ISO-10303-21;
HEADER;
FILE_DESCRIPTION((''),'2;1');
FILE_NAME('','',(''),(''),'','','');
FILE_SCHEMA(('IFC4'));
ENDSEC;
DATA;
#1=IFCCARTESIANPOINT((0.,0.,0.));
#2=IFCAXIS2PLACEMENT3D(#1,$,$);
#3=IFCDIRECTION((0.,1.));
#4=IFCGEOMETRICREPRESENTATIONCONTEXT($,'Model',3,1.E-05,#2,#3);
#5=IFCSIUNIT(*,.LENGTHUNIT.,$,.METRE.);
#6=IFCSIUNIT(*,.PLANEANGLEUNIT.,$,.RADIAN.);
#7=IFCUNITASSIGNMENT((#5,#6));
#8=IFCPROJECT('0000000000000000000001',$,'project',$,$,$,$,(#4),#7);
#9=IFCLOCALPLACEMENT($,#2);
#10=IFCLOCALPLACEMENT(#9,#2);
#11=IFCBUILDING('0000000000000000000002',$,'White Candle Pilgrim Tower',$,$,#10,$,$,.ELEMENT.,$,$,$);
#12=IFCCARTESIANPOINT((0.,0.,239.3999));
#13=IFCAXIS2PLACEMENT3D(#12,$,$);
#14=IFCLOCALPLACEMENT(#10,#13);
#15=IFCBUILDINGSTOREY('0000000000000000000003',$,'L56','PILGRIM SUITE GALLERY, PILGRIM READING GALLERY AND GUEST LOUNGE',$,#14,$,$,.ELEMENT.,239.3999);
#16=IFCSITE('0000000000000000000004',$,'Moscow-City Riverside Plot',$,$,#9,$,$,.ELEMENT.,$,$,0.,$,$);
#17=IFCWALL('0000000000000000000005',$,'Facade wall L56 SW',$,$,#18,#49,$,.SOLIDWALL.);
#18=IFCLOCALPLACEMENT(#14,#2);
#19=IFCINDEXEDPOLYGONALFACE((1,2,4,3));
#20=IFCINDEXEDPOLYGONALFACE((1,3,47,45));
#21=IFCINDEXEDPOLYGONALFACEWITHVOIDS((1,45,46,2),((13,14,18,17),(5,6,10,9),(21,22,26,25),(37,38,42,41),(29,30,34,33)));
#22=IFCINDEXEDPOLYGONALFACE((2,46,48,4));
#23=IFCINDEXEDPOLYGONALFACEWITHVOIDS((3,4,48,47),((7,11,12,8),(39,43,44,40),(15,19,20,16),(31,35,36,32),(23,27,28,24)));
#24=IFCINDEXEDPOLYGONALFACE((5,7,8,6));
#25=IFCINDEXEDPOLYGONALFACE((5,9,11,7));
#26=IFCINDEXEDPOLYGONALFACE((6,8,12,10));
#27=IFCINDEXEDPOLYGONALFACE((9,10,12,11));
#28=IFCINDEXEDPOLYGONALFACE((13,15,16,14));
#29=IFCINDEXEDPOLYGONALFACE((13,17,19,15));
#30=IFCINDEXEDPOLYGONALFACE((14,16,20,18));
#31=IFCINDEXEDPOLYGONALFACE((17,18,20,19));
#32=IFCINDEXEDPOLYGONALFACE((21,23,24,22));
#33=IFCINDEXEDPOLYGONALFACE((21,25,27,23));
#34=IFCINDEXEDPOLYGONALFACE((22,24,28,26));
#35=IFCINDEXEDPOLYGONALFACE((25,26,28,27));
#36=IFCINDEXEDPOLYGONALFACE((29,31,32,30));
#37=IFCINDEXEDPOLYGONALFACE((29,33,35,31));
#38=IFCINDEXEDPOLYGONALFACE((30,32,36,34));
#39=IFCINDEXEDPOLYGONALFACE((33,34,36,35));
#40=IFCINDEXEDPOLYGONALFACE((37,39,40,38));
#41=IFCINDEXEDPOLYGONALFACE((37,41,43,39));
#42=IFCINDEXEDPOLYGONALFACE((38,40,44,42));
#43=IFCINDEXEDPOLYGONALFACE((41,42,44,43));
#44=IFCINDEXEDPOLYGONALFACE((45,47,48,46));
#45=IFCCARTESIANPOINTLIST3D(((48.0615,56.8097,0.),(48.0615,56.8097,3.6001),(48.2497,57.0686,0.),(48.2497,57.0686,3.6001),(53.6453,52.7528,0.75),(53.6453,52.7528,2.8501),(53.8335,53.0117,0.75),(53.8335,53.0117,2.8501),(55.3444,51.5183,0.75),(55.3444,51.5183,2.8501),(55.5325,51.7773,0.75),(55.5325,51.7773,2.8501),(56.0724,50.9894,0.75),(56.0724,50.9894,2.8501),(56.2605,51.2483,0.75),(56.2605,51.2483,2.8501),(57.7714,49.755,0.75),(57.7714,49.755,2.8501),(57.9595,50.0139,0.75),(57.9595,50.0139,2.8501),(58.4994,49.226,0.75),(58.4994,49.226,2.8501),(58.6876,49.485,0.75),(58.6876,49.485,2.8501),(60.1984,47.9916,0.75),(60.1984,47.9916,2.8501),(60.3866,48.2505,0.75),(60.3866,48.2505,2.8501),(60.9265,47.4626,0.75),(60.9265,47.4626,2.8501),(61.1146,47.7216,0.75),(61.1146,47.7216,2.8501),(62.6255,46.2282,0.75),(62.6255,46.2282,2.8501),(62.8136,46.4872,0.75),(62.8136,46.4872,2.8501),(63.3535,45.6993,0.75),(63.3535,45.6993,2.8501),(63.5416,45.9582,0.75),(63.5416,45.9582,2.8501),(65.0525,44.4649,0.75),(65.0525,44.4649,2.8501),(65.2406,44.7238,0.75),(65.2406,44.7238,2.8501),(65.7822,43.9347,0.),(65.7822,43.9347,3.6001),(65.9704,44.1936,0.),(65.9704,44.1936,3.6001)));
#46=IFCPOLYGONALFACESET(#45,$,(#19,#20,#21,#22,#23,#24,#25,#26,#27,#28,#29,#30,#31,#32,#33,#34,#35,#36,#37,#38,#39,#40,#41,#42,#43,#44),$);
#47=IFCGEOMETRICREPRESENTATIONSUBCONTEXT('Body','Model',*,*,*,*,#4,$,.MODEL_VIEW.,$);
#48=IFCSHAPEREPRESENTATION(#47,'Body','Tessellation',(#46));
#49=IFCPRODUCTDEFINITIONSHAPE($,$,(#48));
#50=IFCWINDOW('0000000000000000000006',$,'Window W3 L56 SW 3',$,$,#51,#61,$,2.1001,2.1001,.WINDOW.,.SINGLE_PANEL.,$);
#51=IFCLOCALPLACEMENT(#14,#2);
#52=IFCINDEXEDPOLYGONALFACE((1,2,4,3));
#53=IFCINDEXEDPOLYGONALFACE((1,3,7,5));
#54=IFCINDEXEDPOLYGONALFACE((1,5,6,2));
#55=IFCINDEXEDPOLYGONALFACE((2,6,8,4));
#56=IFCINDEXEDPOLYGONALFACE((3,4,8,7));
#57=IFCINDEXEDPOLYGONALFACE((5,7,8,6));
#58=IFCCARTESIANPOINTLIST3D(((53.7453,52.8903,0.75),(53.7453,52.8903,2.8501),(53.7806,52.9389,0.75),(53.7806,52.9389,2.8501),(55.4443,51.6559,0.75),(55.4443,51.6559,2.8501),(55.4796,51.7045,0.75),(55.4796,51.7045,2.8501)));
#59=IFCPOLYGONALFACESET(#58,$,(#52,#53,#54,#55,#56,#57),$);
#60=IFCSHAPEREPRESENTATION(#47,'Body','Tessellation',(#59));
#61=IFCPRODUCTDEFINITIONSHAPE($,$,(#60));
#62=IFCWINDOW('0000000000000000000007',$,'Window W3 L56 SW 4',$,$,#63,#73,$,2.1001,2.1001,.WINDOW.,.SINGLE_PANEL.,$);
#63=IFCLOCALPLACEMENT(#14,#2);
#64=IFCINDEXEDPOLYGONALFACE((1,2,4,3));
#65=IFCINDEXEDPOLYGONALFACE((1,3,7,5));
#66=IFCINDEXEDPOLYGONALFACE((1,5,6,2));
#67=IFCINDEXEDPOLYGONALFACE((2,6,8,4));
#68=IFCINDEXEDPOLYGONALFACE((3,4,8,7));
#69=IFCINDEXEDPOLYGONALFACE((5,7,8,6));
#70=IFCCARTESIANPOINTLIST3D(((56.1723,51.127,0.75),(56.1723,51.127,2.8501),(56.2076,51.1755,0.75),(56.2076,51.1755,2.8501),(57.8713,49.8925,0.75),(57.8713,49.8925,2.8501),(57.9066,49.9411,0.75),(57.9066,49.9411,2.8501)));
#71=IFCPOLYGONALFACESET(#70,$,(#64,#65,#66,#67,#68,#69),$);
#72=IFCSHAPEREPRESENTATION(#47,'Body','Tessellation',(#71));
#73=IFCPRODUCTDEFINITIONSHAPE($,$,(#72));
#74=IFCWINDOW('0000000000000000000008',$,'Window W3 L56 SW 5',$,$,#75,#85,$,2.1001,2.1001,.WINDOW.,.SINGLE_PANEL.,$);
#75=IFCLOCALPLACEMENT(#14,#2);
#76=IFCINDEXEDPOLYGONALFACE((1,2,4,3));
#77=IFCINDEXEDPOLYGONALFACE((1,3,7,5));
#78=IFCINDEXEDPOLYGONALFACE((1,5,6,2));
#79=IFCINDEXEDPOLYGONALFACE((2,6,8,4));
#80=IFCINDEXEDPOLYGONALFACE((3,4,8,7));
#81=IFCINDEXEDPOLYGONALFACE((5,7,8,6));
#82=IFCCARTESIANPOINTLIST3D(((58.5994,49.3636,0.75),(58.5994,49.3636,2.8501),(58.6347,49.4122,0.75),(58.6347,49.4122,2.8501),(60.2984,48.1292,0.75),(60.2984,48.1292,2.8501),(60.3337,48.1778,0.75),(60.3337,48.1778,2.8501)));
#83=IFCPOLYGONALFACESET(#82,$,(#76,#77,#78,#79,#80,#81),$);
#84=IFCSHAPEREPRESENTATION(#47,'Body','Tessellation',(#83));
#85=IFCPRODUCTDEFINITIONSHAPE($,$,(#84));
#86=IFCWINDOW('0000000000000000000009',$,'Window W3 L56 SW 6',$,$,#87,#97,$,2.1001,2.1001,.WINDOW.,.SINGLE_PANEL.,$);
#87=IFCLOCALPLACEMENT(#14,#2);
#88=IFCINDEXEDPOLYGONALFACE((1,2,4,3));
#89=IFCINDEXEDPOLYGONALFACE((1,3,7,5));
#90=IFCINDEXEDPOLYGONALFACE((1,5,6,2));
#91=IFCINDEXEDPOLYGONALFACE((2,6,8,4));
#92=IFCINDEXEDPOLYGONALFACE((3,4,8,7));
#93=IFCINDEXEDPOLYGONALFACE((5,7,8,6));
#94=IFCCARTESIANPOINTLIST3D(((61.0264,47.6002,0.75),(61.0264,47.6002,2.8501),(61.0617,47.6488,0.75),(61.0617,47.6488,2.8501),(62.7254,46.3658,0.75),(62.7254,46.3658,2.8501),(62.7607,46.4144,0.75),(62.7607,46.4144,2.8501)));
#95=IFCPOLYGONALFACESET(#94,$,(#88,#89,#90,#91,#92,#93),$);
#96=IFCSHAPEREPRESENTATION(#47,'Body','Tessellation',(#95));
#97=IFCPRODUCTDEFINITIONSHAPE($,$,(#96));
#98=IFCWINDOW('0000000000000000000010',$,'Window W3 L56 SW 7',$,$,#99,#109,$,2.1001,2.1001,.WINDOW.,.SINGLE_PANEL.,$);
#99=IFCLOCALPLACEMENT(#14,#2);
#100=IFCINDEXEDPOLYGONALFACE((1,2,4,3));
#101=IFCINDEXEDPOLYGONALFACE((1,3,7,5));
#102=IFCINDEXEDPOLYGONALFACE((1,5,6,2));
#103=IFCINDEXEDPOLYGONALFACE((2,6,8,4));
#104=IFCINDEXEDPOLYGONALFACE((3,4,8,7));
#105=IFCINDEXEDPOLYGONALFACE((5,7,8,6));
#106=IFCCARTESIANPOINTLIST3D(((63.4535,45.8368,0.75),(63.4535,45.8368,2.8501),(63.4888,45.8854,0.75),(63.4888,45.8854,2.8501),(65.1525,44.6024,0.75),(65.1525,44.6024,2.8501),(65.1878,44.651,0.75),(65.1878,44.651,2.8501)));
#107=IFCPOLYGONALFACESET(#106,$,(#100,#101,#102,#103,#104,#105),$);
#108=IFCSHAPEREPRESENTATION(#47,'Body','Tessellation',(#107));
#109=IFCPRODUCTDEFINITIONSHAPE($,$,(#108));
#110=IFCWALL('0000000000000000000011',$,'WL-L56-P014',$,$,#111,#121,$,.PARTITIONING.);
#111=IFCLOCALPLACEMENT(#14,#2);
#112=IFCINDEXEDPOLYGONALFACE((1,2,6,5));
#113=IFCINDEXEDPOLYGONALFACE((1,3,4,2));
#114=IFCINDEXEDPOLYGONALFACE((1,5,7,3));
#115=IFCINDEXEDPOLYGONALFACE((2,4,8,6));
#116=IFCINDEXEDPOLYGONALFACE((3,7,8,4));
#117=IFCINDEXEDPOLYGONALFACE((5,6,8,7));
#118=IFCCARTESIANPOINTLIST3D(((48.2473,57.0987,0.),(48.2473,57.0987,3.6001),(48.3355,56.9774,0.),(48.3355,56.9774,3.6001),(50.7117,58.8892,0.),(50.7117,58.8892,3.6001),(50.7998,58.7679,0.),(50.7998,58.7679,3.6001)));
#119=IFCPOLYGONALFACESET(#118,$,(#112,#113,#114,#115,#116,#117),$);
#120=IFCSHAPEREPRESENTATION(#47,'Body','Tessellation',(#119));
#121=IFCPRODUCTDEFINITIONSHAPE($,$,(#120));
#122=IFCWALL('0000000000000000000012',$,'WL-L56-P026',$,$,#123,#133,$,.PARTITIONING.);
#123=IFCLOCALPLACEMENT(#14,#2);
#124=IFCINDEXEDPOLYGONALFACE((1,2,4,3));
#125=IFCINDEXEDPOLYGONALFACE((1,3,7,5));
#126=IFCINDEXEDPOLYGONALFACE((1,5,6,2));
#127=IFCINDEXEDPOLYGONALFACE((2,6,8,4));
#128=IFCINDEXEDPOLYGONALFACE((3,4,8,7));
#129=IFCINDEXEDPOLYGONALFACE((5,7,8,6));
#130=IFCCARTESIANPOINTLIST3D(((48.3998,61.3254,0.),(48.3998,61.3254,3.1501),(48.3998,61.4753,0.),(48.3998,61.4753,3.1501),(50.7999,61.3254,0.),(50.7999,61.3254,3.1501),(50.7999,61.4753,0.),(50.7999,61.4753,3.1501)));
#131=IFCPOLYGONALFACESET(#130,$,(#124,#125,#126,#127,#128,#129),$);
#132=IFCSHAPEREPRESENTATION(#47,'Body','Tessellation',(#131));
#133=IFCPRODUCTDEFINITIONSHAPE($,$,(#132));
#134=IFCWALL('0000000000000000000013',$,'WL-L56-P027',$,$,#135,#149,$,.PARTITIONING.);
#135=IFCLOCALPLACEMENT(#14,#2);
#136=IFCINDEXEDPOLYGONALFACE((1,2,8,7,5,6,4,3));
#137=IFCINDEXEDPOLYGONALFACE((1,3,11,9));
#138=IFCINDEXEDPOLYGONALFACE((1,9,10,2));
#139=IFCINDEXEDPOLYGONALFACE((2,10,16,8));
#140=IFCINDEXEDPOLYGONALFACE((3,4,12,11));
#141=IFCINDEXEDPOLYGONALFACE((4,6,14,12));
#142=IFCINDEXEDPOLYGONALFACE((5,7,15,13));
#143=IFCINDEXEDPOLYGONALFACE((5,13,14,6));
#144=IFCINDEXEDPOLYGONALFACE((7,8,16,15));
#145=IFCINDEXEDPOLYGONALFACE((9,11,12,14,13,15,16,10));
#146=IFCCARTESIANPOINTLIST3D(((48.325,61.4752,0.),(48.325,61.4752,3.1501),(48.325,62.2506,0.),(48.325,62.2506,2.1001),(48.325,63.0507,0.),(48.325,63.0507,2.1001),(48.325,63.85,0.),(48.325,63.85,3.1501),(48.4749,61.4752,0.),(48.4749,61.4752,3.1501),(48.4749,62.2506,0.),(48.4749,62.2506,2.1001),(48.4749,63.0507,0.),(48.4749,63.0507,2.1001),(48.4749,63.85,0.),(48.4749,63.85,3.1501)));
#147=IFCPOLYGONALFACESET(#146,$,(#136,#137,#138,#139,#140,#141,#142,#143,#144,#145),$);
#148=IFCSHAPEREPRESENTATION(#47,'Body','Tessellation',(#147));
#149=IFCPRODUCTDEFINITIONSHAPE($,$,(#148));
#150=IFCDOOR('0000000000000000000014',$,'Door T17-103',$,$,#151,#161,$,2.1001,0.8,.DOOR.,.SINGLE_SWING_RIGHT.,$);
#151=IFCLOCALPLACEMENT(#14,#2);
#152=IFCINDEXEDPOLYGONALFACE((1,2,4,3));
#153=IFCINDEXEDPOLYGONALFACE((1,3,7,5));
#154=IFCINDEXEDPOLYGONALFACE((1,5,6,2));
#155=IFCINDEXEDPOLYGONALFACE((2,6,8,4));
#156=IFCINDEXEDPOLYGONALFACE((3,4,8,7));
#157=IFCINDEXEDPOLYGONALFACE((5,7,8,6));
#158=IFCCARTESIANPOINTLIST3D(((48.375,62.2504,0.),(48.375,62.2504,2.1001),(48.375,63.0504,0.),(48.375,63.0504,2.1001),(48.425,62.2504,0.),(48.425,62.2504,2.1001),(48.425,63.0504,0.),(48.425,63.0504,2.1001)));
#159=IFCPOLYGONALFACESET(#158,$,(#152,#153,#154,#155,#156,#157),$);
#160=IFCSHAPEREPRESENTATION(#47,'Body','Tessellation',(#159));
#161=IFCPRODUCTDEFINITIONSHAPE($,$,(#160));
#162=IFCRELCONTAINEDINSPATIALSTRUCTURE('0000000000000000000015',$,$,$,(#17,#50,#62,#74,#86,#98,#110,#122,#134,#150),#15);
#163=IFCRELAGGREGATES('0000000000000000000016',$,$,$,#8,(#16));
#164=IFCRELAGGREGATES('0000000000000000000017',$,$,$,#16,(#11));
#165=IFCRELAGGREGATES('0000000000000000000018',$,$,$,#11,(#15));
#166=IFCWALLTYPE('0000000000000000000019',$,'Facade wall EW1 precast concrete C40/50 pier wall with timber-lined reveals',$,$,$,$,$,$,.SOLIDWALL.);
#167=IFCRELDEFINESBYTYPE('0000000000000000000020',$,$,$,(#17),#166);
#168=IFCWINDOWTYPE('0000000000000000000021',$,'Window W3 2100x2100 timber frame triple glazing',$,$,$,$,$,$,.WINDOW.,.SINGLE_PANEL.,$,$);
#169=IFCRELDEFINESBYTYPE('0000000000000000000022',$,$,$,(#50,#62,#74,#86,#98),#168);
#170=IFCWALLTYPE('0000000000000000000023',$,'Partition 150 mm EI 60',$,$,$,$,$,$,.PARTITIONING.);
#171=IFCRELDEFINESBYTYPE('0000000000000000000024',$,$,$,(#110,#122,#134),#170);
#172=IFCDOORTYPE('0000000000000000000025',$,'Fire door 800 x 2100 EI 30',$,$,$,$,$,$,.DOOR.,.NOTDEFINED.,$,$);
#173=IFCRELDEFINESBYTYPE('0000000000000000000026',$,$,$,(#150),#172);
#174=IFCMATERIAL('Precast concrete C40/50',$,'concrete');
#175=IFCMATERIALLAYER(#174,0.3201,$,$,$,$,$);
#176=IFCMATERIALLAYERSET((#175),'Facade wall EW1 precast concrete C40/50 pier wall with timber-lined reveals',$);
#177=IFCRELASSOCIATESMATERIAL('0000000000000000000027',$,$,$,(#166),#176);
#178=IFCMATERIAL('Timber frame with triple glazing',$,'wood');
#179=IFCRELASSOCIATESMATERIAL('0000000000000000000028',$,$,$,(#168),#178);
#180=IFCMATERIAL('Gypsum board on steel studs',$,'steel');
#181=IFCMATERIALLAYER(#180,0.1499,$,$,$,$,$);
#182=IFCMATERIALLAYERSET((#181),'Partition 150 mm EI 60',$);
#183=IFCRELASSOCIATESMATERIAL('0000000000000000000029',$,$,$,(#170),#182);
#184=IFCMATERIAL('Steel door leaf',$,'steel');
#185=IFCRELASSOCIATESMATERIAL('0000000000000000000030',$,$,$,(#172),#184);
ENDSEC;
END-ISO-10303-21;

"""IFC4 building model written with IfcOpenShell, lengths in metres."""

from ifc_helpers import new_model, si_unit, direction, frame, frame_2d, origin, place, context, subcontext, project, spatial, rectangle, extrude, material, layer, layer_set, type_object, element, fill, save


model = new_model("IFC4")

# Units and contexts
model_context = context("Model", 3, precision=1e-05, world=origin(), true_north=direction((0.0, 1.0)))
body_context = subcontext(model_context, "Body", "Model", "MODEL_VIEW")
ifc_project = project(units=[si_unit("LENGTHUNIT", "METRE"), si_unit("PLANEANGLEUNIT", "RADIAN")], contexts=[model_context])

# Site, building, storey
site_placement = place(None, origin())
site = spatial("IfcSite", under=ifc_project, at=site_placement, Name="Moscow-City Riverside Plot", CompositionType="ELEMENT", RefElevation=0.0)
building_placement = place(site_placement, origin())
building = spatial("IfcBuilding", under=site, at=building_placement, Name="White Candle Pilgrim Tower", CompositionType="ELEMENT")
storey_placement = place(building_placement, frame((0.0, 0.0, 239.3999)))
storey = spatial("IfcBuildingStorey", under=building, at=storey_placement, Name="L56", Description="PILGRIM SUITE GALLERY, PILGRIM READING GALLERY AND GUEST LOUNGE", CompositionType="ELEMENT", Elevation=239.3999)

# Shared definitions
ifc_material_1 = material(Name="Gypsum board on steel studs", Category="steel")
ifc_material_2 = material(Name="Steel door leaf", Category="steel")

# Wall, openings, windows
ifc_material_3 = material(Name="Precast concrete C40/50", Category="concrete")
ifc_layer_1 = layer(ifc_material_3, 0.3201)
ifc_layer_set_1 = layer_set([ifc_layer_1], Name="Facade wall EW1 precast concrete C40/50 pier wall with timber-lined reveals")
wall_type_1 = type_object("IfcWallType", Name="Facade wall EW1 precast concrete C40/50 pier wall with timber-lined reveals", PredefinedType="SOLIDWALL", material=ifc_layer_set_1)
wall_1_placement = place(storey_placement, frame((48.1555, 56.9392, 0.0), z_axis=(0.0, 0.0, 1.0), x_axis=(0.809014, -0.58779, 0.0)))
wall_1 = element("IfcWall", 1, at=wall_1_placement, inside=storey, type_object=wall_type_1, Name="Facade wall L56 SW", PredefinedType="SOLIDWALL", context=body_context, shape_type="SweptSolid", body=[
    extrude(rectangle(XDim=21.9041, YDim=0.3201, at=frame_2d((10.9521, 0.0))), origin(), (0.0, 0.0, 1.0), 3.6001),
])
opening_1_placement = place(wall_1_placement, frame((6.9021, 0.0, 0.75)))
opening_1 = element("IfcOpeningElement", 2, at=opening_1_placement, cuts=wall_1, PredefinedType="OPENING", context=body_context, shape_type="SweptSolid", body=[
    extrude(rectangle(XDim=2.1001, YDim=2.1001, at=frame_2d((1.05, 1.05))), frame((0.0, 0.1699, 0.0), z_axis=(0.0, -1.0, 0.0), x_axis=(1.0, 0.0, 0.0)), (0.0, 0.0, 1.0), 0.3401),
])
opening_2_placement = place(wall_1_placement, frame((9.9021, 0.0, 0.75)))
opening_2 = element("IfcOpeningElement", 3, at=opening_2_placement, cuts=wall_1, PredefinedType="OPENING", context=body_context, shape_type="SweptSolid", body=[
    extrude(rectangle(XDim=2.1001, YDim=2.1001, at=frame_2d((1.05, 1.05))), frame((0.0, 0.1699, 0.0), z_axis=(0.0, -1.0, 0.0), x_axis=(1.0, 0.0, 0.0)), (0.0, 0.0, 1.0), 0.3401),
])
opening_3_placement = place(wall_1_placement, frame((12.9021, 0.0, 0.75)))
opening_3 = element("IfcOpeningElement", 4, at=opening_3_placement, cuts=wall_1, PredefinedType="OPENING", context=body_context, shape_type="SweptSolid", body=[
    extrude(rectangle(XDim=2.1001, YDim=2.1001, at=frame_2d((1.05, 1.05))), frame((0.0, 0.1699, 0.0), z_axis=(0.0, -1.0, 0.0), x_axis=(1.0, 0.0, 0.0)), (0.0, 0.0, 1.0), 0.3401),
])
opening_4_placement = place(wall_1_placement, frame((15.9021, 0.0, 0.75)))
opening_4 = element("IfcOpeningElement", 5, at=opening_4_placement, cuts=wall_1, PredefinedType="OPENING", context=body_context, shape_type="SweptSolid", body=[
    extrude(rectangle(XDim=2.1001, YDim=2.1001, at=frame_2d((1.05, 1.05))), frame((0.0, 0.1699, 0.0), z_axis=(0.0, -1.0, 0.0), x_axis=(1.0, 0.0, 0.0)), (0.0, 0.0, 1.0), 0.3401),
])
opening_5_placement = place(wall_1_placement, frame((18.9021, 0.0, 0.75)))
opening_5 = element("IfcOpeningElement", 6, at=opening_5_placement, cuts=wall_1, PredefinedType="OPENING", context=body_context, shape_type="SweptSolid", body=[
    extrude(rectangle(XDim=2.1001, YDim=2.1001, at=frame_2d((1.05, 1.05))), frame((0.0, 0.1699, 0.0), z_axis=(0.0, -1.0, 0.0), x_axis=(1.0, 0.0, 0.0)), (0.0, 0.0, 1.0), 0.3401),
])
ifc_material_4 = material(Name="Timber frame with triple glazing", Category="wood")
window_type = type_object("IfcWindowType", Name="Window W3 2100x2100 timber frame triple glazing", PartitioningType="SINGLE_PANEL", PredefinedType="WINDOW", material=ifc_material_4)
window_1_placement = place(opening_1_placement, origin())
window_1 = element("IfcWindow", 7, at=window_1_placement, inside=storey, type_object=window_type, Name="Window W3 L56 SW 3", OverallHeight=2.1001, OverallWidth=2.1001, PartitioningType="SINGLE_PANEL", PredefinedType="WINDOW", context=body_context, shape_type="SweptSolid", body=[
    extrude(rectangle(XDim=2.1001, YDim=2.1001, at=frame_2d((1.05, 1.05))), frame((0.0, 0.0701, 0.0), z_axis=(0.0, -1.0, 0.0), x_axis=(1.0, 0.0, 0.0)), (0.0, 0.0, 1.0), 0.0601),
])
fill(opening_1, window_1)
window_2_placement = place(opening_2_placement, origin())
window_2 = element("IfcWindow", 8, at=window_2_placement, inside=storey, type_object=window_type, Name="Window W3 L56 SW 4", OverallHeight=2.1001, OverallWidth=2.1001, PartitioningType="SINGLE_PANEL", PredefinedType="WINDOW", context=body_context, shape_type="SweptSolid", body=[
    extrude(rectangle(XDim=2.1001, YDim=2.1001, at=frame_2d((1.05, 1.05))), frame((0.0, 0.0701, 0.0), z_axis=(0.0, -1.0, 0.0), x_axis=(1.0, 0.0, 0.0)), (0.0, 0.0, 1.0), 0.0601),
])
fill(opening_2, window_2)
window_3_placement = place(opening_3_placement, origin())
window_3 = element("IfcWindow", 9, at=window_3_placement, inside=storey, type_object=window_type, Name="Window W3 L56 SW 5", OverallHeight=2.1001, OverallWidth=2.1001, PartitioningType="SINGLE_PANEL", PredefinedType="WINDOW", context=body_context, shape_type="SweptSolid", body=[
    extrude(rectangle(XDim=2.1001, YDim=2.1001, at=frame_2d((1.05, 1.05))), frame((0.0, 0.0701, 0.0), z_axis=(0.0, -1.0, 0.0), x_axis=(1.0, 0.0, 0.0)), (0.0, 0.0, 1.0), 0.0601),
])
fill(opening_3, window_3)
window_4_placement = place(opening_4_placement, origin())
window_4 = element("IfcWindow", 10, at=window_4_placement, inside=storey, type_object=window_type, Name="Window W3 L56 SW 6", OverallHeight=2.1001, OverallWidth=2.1001, PartitioningType="SINGLE_PANEL", PredefinedType="WINDOW", context=body_context, shape_type="SweptSolid", body=[
    extrude(rectangle(XDim=2.1001, YDim=2.1001, at=frame_2d((1.05, 1.05))), frame((0.0, 0.0701, 0.0), z_axis=(0.0, -1.0, 0.0), x_axis=(1.0, 0.0, 0.0)), (0.0, 0.0, 1.0), 0.0601),
])
fill(opening_4, window_4)
window_5_placement = place(opening_5_placement, origin())
window_5 = element("IfcWindow", 11, at=window_5_placement, inside=storey, type_object=window_type, Name="Window W3 L56 SW 7", OverallHeight=2.1001, OverallWidth=2.1001, PartitioningType="SINGLE_PANEL", PredefinedType="WINDOW", context=body_context, shape_type="SweptSolid", body=[
    extrude(rectangle(XDim=2.1001, YDim=2.1001, at=frame_2d((1.05, 1.05))), frame((0.0, 0.0701, 0.0), z_axis=(0.0, -1.0, 0.0), x_axis=(1.0, 0.0, 0.0)), (0.0, 0.0, 1.0), 0.0601),
])
fill(opening_5, window_5)

# Walls
ifc_layer_2 = layer(ifc_material_1, 0.1499)
ifc_layer_set_2 = layer_set([ifc_layer_2], Name="Partition 150 mm EI 60")
wall_type_2 = type_object("IfcWallType", Name="Partition 150 mm EI 60", PredefinedType="PARTITIONING", material=ifc_layer_set_2)
wall_2_placement = place(storey_placement, frame((48.2915, 57.0381, 0.0), z_axis=(0.0, 0.0, 1.0), x_axis=(0.809006, 0.5878, 0.0)))
element("IfcWall", 12, at=wall_2_placement, inside=storey, type_object=wall_type_2, Name="WL-L56-P014", PredefinedType="PARTITIONING", context=body_context, shape_type="SweptSolid", body=[
    extrude(rectangle(XDim=3.0461, YDim=0.1499, at=frame_2d((1.5229, 0.0))), origin(), (0.0, 0.0, 1.0), 3.6001),
])
wall_3_placement = place(storey_placement, frame((50.8, 61.4004, 0.0), z_axis=(0.0, 0.0, 1.0), x_axis=(-1.0, 0.0, 0.0)))
element("IfcWall", 13, at=wall_3_placement, inside=storey, type_object=wall_type_2, Name="WL-L56-P026", PredefinedType="PARTITIONING", context=body_context, shape_type="SweptSolid", body=[
    extrude(rectangle(XDim=2.4001, YDim=0.1499, at=frame_2d((1.2002, 0.0))), origin(), (0.0, 0.0, 1.0), 3.1501),
])

# Wall, opening, door
wall_4_placement = place(storey_placement, frame((48.3999, 63.8501, 0.0), z_axis=(0.0, 0.0, 1.0), x_axis=(0.0, -1.0, 0.0)))
wall_4 = element("IfcWall", 14, at=wall_4_placement, inside=storey, type_object=wall_type_2, Name="WL-L56-P027", PredefinedType="PARTITIONING", context=body_context, shape_type="SweptSolid", body=[
    extrude(rectangle(XDim=2.3748, YDim=0.1499, at=frame_2d((1.1875, 0.0))), origin(), (0.0, 0.0, 1.0), 3.1501),
])
opening_6_placement = place(wall_4_placement, frame((0.7996, 0.0, 0.0)))
opening_6 = element("IfcOpeningElement", 15, at=opening_6_placement, cuts=wall_4, PredefinedType="OPENING", context=body_context, shape_type="SweptSolid", body=[
    extrude(rectangle(XDim=0.8, YDim=2.1001, at=frame_2d((0.3999, 1.05))), frame((0.0, 0.085, 0.0), z_axis=(0.0, -1.0, 0.0), x_axis=(1.0, 0.0, 0.0)), (0.0, 0.0, 1.0), 0.1699),
])
door_type_1 = type_object("IfcDoorType", Name="Fire door 800 x 2100 EI 30", OperationType="NOTDEFINED", PredefinedType="DOOR", material=ifc_material_2)
door_1_placement = place(opening_6_placement, frame((0.8, 0.0, 0.0), z_axis=(0.0, 0.0, 1.0), x_axis=(-1.0, 0.0, 0.0)))
door_1 = element("IfcDoor", 16, at=door_1_placement, inside=storey, type_object=door_type_1, Name="Door T17-103", OperationType="SINGLE_SWING_RIGHT", OverallHeight=2.1001, OverallWidth=0.8, PredefinedType="DOOR", context=body_context, shape_type="SweptSolid", body=[
    extrude(rectangle(XDim=0.8, YDim=2.1001, at=frame_2d((0.3999, 1.05))), frame((0.0, 0.0249, 0.0), z_axis=(0.0, -1.0, 0.0), x_axis=(1.0, 0.0, 0.0)), (0.0, 0.0, 1.0), 0.05),
])
fill(opening_6, door_1)

save(model, "model.ifc")
